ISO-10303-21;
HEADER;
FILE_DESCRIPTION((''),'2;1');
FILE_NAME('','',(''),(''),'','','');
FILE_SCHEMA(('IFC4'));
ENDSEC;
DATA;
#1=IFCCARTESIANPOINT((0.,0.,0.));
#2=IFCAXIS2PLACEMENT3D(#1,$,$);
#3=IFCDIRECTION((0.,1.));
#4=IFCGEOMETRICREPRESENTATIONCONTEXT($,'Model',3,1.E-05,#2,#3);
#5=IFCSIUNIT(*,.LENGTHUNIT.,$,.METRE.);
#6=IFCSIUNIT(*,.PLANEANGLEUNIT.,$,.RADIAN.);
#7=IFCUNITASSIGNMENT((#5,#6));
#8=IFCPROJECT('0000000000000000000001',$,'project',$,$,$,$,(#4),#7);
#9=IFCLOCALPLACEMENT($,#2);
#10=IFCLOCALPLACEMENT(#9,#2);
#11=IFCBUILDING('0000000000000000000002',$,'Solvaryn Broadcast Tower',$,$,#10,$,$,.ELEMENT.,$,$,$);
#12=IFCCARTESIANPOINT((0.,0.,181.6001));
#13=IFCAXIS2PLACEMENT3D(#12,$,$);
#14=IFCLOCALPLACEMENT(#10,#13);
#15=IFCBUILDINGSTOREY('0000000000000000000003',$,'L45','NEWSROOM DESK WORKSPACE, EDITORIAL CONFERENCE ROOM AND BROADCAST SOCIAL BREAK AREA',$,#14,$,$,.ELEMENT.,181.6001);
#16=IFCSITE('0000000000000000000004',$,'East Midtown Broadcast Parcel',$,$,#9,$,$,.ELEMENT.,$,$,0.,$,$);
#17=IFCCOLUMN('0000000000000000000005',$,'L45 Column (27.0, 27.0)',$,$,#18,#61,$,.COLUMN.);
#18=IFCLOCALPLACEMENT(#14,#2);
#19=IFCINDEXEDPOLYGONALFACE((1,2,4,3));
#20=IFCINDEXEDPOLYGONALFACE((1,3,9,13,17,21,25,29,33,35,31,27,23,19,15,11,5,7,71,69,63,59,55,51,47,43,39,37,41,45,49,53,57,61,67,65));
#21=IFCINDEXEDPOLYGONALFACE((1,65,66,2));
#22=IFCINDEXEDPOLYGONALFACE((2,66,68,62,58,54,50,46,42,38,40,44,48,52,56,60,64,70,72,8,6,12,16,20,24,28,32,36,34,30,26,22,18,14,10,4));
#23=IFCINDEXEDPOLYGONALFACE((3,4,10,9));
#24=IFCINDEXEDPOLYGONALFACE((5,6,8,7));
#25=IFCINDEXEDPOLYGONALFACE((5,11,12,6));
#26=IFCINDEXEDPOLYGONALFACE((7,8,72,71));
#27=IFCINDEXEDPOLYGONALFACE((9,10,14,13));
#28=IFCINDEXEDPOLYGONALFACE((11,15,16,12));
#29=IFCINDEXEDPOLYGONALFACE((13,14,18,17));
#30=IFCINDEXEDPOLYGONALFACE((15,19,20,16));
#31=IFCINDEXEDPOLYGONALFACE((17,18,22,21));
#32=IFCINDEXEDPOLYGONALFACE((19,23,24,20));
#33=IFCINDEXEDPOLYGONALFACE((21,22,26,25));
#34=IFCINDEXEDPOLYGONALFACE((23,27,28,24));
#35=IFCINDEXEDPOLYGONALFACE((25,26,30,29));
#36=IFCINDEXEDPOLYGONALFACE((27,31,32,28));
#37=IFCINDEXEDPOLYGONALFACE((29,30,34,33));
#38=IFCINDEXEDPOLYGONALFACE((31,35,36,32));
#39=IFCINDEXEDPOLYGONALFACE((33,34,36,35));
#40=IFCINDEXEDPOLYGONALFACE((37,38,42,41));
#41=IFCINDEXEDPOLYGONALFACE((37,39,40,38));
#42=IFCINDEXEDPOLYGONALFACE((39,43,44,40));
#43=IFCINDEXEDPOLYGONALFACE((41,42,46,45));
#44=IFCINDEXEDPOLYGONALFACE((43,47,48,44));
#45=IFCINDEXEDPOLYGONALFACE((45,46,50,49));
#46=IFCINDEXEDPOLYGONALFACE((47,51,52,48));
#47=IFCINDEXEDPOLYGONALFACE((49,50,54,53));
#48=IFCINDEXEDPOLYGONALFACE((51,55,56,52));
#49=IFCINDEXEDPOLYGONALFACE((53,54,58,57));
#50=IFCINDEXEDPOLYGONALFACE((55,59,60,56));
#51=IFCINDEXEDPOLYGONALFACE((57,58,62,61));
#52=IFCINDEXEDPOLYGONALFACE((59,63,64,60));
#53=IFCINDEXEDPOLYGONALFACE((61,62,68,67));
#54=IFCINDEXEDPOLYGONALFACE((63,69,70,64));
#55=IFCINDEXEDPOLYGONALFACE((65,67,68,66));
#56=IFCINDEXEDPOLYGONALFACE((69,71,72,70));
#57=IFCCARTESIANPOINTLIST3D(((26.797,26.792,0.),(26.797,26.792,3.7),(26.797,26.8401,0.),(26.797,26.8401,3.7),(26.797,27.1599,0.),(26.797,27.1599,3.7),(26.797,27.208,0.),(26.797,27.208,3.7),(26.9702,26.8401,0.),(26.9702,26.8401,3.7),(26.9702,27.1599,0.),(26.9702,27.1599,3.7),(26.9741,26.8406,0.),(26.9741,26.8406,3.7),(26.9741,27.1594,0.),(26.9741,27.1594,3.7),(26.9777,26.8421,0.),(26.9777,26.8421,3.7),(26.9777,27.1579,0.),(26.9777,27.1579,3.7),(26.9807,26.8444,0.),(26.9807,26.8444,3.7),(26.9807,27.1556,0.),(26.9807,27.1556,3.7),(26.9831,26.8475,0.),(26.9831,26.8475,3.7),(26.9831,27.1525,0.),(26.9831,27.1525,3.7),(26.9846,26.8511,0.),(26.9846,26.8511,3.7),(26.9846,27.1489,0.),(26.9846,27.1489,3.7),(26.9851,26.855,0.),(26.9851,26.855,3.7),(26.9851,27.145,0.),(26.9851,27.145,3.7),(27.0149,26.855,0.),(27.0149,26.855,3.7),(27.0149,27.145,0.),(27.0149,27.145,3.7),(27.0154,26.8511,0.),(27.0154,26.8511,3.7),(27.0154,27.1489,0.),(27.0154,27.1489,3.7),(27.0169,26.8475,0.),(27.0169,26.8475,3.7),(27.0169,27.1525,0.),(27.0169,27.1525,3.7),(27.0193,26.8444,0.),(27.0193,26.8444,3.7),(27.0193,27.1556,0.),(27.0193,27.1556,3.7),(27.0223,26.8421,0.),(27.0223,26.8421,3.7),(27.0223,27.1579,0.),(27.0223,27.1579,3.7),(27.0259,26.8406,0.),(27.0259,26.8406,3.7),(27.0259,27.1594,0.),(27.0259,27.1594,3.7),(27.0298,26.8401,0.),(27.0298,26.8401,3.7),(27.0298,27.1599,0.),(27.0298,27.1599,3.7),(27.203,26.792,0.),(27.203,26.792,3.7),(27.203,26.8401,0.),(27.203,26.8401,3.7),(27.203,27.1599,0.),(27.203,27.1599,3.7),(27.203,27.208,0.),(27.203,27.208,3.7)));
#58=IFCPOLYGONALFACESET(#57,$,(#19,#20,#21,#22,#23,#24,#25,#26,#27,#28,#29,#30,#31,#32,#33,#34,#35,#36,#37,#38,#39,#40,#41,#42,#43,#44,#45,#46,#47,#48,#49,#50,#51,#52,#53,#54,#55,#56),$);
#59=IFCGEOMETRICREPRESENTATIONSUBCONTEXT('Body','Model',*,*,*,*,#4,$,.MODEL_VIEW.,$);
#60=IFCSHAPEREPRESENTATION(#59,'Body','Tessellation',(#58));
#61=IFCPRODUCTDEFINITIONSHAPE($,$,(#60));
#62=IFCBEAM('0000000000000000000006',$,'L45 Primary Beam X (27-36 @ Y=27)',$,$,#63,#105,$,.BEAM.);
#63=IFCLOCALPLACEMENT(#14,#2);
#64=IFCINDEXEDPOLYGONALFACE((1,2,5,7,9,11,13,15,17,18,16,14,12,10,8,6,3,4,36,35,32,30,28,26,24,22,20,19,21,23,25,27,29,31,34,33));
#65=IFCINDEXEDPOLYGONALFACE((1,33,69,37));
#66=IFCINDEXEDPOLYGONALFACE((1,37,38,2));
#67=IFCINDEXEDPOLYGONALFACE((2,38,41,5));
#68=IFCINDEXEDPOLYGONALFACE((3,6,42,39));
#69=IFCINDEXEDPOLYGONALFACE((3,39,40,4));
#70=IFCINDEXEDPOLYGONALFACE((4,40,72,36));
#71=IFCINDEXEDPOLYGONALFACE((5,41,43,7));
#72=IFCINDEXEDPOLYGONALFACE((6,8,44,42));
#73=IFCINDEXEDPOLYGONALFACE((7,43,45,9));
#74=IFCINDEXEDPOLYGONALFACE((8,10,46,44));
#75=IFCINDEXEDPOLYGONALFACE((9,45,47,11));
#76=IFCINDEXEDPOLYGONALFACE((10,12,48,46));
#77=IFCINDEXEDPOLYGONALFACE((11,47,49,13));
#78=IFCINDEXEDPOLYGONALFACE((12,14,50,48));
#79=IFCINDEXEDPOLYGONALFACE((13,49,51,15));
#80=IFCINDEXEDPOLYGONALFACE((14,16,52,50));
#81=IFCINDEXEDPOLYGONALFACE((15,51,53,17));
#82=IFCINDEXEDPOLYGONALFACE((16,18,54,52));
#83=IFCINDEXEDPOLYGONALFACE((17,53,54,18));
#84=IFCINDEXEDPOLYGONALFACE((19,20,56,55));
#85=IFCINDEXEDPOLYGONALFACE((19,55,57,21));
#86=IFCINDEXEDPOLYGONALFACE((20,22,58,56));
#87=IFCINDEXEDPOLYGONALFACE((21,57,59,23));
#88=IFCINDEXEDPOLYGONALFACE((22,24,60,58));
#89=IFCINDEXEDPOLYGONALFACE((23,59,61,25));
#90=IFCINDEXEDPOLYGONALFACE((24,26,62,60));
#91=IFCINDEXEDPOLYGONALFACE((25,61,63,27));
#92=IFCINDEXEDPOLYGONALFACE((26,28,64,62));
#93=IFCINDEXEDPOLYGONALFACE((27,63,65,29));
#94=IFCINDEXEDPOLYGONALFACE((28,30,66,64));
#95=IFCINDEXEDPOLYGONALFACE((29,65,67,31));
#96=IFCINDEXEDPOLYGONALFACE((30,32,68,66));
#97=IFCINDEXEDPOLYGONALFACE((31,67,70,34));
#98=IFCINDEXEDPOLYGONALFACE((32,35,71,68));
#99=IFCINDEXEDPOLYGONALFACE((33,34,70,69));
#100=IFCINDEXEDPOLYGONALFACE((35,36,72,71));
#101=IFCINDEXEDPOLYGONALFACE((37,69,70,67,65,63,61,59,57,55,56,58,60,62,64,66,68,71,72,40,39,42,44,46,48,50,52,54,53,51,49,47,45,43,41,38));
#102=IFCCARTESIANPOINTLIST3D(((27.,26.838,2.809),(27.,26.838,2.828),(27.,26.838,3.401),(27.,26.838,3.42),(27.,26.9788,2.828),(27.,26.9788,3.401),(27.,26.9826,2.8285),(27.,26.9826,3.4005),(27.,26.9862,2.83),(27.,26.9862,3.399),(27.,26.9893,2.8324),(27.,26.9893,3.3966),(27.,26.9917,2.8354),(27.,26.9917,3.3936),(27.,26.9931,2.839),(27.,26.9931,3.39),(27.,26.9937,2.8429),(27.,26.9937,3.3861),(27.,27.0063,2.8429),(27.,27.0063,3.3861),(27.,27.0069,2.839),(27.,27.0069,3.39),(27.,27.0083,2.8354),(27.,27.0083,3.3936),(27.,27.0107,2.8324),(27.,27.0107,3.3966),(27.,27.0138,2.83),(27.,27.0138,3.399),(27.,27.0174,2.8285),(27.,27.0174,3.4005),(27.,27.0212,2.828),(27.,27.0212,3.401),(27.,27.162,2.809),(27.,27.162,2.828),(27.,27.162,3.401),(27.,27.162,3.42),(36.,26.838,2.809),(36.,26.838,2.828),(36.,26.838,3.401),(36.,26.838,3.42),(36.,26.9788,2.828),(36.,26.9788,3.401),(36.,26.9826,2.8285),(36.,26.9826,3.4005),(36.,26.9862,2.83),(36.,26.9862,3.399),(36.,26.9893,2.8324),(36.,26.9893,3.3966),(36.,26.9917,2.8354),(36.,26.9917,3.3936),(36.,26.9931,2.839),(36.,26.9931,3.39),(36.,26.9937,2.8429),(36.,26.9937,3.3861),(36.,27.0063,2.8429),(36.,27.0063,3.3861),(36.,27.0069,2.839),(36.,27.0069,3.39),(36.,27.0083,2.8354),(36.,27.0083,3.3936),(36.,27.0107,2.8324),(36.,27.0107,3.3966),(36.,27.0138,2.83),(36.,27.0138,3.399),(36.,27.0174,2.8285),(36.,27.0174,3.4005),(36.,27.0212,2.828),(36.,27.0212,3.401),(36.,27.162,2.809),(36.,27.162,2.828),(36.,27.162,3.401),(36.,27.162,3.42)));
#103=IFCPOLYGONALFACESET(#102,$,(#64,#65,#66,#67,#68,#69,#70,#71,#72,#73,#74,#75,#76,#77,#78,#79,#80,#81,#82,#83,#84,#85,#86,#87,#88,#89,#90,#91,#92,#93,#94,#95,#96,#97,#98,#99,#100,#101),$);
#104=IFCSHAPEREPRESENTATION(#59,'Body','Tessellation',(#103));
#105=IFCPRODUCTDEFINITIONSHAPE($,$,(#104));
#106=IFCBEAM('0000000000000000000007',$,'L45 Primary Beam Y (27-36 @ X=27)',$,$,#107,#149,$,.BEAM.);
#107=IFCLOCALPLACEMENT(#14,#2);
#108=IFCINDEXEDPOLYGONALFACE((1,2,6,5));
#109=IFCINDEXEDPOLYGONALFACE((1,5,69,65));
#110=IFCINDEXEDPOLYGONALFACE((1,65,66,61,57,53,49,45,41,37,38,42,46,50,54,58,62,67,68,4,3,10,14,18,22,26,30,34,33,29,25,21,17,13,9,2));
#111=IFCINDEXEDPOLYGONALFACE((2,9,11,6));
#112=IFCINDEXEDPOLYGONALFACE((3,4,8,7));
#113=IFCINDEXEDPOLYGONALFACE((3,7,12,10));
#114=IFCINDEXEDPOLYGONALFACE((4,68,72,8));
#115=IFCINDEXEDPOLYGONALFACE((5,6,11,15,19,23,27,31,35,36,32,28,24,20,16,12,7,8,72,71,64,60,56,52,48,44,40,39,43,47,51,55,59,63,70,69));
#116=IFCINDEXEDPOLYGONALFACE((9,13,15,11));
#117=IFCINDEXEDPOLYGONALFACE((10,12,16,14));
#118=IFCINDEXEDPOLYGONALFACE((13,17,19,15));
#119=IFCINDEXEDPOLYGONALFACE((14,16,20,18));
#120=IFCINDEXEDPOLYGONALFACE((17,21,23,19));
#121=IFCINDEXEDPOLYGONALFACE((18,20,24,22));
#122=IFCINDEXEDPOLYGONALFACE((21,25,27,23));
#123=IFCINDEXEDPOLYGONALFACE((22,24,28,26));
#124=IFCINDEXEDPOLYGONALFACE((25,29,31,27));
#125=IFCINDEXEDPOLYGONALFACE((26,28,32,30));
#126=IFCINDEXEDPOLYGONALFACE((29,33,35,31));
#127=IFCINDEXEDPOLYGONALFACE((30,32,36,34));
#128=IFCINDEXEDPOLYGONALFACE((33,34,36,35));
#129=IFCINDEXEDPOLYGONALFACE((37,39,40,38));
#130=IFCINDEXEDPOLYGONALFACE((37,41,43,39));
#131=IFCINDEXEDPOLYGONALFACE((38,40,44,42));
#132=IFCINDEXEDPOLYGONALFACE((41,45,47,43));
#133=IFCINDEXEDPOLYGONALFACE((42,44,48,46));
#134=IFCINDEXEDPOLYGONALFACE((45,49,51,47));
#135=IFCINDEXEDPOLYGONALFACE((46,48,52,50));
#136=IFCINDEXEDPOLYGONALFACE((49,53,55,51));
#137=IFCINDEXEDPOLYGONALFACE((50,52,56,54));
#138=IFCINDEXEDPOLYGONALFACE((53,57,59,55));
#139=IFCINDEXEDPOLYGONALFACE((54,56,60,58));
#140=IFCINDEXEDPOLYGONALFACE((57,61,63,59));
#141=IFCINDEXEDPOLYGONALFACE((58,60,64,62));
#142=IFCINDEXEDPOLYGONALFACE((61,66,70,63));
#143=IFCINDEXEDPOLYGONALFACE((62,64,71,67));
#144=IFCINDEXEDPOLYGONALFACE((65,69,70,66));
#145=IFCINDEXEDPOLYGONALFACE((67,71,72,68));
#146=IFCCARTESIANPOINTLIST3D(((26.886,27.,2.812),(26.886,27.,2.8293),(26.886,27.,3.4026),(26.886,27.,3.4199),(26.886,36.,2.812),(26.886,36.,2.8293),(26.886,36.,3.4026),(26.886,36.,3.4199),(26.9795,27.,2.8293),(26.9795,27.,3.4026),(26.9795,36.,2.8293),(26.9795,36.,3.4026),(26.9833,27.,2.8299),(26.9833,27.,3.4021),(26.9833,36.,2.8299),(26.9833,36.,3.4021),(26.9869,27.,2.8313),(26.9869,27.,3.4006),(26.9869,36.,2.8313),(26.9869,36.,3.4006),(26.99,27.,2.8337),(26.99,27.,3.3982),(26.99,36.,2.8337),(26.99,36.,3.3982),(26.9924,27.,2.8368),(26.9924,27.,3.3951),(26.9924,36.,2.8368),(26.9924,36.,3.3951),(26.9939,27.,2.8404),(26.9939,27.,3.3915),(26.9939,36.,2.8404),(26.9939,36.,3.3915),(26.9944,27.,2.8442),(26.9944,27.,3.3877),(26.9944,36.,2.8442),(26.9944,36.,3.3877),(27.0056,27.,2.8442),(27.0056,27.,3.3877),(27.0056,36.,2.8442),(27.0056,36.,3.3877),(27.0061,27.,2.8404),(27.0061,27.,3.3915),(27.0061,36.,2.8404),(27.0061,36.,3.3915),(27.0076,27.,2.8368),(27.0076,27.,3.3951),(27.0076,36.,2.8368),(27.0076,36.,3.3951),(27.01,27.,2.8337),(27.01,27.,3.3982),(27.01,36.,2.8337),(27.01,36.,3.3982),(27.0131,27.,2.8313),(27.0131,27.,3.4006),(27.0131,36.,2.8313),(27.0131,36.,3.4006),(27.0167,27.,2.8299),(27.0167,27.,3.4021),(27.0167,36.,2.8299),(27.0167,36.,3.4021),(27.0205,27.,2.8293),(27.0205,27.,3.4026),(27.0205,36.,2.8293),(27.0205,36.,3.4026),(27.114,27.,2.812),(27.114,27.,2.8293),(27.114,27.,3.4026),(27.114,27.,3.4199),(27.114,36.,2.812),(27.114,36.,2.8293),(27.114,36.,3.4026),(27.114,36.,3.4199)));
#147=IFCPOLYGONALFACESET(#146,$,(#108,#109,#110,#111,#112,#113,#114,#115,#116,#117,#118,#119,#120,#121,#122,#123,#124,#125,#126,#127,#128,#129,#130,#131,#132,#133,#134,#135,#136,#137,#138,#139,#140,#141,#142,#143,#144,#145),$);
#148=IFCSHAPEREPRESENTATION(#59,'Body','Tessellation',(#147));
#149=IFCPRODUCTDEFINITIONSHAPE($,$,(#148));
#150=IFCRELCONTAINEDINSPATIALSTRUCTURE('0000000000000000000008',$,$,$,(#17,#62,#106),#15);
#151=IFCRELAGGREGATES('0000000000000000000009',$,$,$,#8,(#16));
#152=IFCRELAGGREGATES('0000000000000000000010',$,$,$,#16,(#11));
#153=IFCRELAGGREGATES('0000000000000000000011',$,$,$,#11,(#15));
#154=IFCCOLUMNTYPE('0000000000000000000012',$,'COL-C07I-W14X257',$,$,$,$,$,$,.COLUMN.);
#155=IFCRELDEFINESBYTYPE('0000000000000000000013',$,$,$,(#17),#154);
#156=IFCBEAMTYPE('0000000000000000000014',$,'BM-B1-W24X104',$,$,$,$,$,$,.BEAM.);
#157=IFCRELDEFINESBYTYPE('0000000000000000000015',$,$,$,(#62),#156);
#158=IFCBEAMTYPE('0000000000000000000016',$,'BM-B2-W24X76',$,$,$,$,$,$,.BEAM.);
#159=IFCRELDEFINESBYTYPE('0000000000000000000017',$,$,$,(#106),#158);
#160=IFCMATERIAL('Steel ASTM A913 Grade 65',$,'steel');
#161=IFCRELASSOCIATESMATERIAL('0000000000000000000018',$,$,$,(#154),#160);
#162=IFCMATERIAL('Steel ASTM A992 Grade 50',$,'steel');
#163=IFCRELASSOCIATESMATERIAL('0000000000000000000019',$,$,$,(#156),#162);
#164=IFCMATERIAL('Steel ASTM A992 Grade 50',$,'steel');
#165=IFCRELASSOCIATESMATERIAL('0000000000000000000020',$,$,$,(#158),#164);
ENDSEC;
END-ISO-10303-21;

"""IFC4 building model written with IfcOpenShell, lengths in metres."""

from ifc_helpers import new_model, si_unit, direction, frame, origin, origin_2d, place, context, subcontext, project, spatial, i_section, extrude, material, material_profile, profile_set, type_object, element, save


model = new_model("IFC4")

# Units and contexts
model_context = context("Model", 3, precision=1e-05, world=origin(), true_north=direction((0.0, 1.0)))
body_context = subcontext(model_context, "Body", "Model", "MODEL_VIEW")
ifc_project = project(units=[si_unit("LENGTHUNIT", "METRE"), si_unit("PLANEANGLEUNIT", "RADIAN")], contexts=[model_context])

# Site, building, storey
site_placement = place(None, origin())
site = spatial("IfcSite", under=ifc_project, at=site_placement, Name="East Midtown Broadcast Parcel", CompositionType="ELEMENT", RefElevation=0.0)
building_placement = place(site_placement, origin())
building = spatial("IfcBuilding", under=site, at=building_placement, Name="Solvaryn Broadcast Tower", CompositionType="ELEMENT")
storey_placement = place(building_placement, frame((0.0, 0.0, 181.6001)))
storey = spatial("IfcBuildingStorey", under=building, at=storey_placement, Name="L45", Description="NEWSROOM DESK WORKSPACE, EDITORIAL CONFERENCE ROOM AND BROADCAST SOCIAL BREAK AREA", CompositionType="ELEMENT", Elevation=181.6001)

# Column
ifc_material_1 = material(Name="Steel ASTM A913 Grade 65", Category="steel")
ifc_material_profile_1 = material_profile(ifc_material_1, i_section(OverallWidth=0.406, OverallDepth=0.416, WebThickness=0.0298, FlangeThickness=0.0481, FilletRadius=0.0149, at=origin_2d()))
ifc_profile_set_1 = profile_set([ifc_material_profile_1], Name="Steel ASTM A913 Grade 65")
column_type = type_object("IfcColumnType", Name="COL-C07I-W14X257", PredefinedType="COLUMN", material=ifc_profile_set_1)
column_placement = place(storey_placement, frame((27.0, 27.0, 0.0), z_axis=(0.0, 0.0, 1.0), x_axis=(1.0, 0.0, 0.0)))
element("IfcColumn", 1, at=column_placement, inside=storey, type_object=column_type, Name="L45 Column (27.0, 27.0)", PredefinedType="COLUMN", context=body_context, shape_type="SweptSolid", body=[
    extrude(i_section(OverallWidth=0.406, OverallDepth=0.416, WebThickness=0.0298, FlangeThickness=0.0481, FilletRadius=0.0149, at=origin_2d()), origin(), (0.0, 0.0, 1.0), 3.7),
])

# Beams
ifc_material_2 = material(Name="Steel ASTM A992 Grade 50", Category="steel")
ifc_material_profile_2 = material_profile(ifc_material_2, i_section(OverallWidth=0.324, OverallDepth=0.6111, WebThickness=0.0127, FlangeThickness=0.019, FilletRadius=0.0149, at=origin_2d()))
ifc_profile_set_2 = profile_set([ifc_material_profile_2], Name="Steel ASTM A992 Grade 50")
beam_type_1 = type_object("IfcBeamType", Name="BM-B1-W24X104", PredefinedType="BEAM", material=ifc_profile_set_2)
beam_1_placement = place(storey_placement, frame((27.0, 27.0, 3.1145), z_axis=(1.0, 0.0, 0.0), x_axis=(0.0, 1.0, 0.0)))
element("IfcBeam", 2, at=beam_1_placement, inside=storey, type_object=beam_type_1, Name="L45 Primary Beam X (27-36 @ Y=27)", PredefinedType="BEAM", context=body_context, shape_type="SweptSolid", body=[
    extrude(i_section(OverallWidth=0.324, OverallDepth=0.6111, WebThickness=0.0127, FlangeThickness=0.019, FilletRadius=0.0149, at=origin_2d()), origin(), (0.0, 0.0, 1.0), 9.0),
])
ifc_material_3 = material(Name="Steel ASTM A992 Grade 50", Category="steel")
ifc_material_profile_3 = material_profile(ifc_material_3, i_section(OverallWidth=0.228, OverallDepth=0.6079, WebThickness=0.0112, FlangeThickness=0.0173, FilletRadius=0.0149, at=origin_2d()))
ifc_profile_set_3 = profile_set([ifc_material_profile_3], Name="Steel ASTM A992 Grade 50")
beam_type_2 = type_object("IfcBeamType", Name="BM-B2-W24X76", PredefinedType="BEAM", material=ifc_profile_set_3)
beam_2_placement = place(storey_placement, frame((27.0, 27.0, 3.116), z_axis=(0.0, 1.0, 0.0), x_axis=(-1.0, 0.0, 0.0)))
element("IfcBeam", 3, at=beam_2_placement, inside=storey, type_object=beam_type_2, Name="L45 Primary Beam Y (27-36 @ X=27)", PredefinedType="BEAM", context=body_context, shape_type="SweptSolid", body=[
    extrude(i_section(OverallWidth=0.228, OverallDepth=0.6079, WebThickness=0.0112, FlangeThickness=0.0173, FilletRadius=0.0149, at=origin_2d()), origin(), (0.0, 0.0, 1.0), 9.0),
])

save(model, "model.ifc")
